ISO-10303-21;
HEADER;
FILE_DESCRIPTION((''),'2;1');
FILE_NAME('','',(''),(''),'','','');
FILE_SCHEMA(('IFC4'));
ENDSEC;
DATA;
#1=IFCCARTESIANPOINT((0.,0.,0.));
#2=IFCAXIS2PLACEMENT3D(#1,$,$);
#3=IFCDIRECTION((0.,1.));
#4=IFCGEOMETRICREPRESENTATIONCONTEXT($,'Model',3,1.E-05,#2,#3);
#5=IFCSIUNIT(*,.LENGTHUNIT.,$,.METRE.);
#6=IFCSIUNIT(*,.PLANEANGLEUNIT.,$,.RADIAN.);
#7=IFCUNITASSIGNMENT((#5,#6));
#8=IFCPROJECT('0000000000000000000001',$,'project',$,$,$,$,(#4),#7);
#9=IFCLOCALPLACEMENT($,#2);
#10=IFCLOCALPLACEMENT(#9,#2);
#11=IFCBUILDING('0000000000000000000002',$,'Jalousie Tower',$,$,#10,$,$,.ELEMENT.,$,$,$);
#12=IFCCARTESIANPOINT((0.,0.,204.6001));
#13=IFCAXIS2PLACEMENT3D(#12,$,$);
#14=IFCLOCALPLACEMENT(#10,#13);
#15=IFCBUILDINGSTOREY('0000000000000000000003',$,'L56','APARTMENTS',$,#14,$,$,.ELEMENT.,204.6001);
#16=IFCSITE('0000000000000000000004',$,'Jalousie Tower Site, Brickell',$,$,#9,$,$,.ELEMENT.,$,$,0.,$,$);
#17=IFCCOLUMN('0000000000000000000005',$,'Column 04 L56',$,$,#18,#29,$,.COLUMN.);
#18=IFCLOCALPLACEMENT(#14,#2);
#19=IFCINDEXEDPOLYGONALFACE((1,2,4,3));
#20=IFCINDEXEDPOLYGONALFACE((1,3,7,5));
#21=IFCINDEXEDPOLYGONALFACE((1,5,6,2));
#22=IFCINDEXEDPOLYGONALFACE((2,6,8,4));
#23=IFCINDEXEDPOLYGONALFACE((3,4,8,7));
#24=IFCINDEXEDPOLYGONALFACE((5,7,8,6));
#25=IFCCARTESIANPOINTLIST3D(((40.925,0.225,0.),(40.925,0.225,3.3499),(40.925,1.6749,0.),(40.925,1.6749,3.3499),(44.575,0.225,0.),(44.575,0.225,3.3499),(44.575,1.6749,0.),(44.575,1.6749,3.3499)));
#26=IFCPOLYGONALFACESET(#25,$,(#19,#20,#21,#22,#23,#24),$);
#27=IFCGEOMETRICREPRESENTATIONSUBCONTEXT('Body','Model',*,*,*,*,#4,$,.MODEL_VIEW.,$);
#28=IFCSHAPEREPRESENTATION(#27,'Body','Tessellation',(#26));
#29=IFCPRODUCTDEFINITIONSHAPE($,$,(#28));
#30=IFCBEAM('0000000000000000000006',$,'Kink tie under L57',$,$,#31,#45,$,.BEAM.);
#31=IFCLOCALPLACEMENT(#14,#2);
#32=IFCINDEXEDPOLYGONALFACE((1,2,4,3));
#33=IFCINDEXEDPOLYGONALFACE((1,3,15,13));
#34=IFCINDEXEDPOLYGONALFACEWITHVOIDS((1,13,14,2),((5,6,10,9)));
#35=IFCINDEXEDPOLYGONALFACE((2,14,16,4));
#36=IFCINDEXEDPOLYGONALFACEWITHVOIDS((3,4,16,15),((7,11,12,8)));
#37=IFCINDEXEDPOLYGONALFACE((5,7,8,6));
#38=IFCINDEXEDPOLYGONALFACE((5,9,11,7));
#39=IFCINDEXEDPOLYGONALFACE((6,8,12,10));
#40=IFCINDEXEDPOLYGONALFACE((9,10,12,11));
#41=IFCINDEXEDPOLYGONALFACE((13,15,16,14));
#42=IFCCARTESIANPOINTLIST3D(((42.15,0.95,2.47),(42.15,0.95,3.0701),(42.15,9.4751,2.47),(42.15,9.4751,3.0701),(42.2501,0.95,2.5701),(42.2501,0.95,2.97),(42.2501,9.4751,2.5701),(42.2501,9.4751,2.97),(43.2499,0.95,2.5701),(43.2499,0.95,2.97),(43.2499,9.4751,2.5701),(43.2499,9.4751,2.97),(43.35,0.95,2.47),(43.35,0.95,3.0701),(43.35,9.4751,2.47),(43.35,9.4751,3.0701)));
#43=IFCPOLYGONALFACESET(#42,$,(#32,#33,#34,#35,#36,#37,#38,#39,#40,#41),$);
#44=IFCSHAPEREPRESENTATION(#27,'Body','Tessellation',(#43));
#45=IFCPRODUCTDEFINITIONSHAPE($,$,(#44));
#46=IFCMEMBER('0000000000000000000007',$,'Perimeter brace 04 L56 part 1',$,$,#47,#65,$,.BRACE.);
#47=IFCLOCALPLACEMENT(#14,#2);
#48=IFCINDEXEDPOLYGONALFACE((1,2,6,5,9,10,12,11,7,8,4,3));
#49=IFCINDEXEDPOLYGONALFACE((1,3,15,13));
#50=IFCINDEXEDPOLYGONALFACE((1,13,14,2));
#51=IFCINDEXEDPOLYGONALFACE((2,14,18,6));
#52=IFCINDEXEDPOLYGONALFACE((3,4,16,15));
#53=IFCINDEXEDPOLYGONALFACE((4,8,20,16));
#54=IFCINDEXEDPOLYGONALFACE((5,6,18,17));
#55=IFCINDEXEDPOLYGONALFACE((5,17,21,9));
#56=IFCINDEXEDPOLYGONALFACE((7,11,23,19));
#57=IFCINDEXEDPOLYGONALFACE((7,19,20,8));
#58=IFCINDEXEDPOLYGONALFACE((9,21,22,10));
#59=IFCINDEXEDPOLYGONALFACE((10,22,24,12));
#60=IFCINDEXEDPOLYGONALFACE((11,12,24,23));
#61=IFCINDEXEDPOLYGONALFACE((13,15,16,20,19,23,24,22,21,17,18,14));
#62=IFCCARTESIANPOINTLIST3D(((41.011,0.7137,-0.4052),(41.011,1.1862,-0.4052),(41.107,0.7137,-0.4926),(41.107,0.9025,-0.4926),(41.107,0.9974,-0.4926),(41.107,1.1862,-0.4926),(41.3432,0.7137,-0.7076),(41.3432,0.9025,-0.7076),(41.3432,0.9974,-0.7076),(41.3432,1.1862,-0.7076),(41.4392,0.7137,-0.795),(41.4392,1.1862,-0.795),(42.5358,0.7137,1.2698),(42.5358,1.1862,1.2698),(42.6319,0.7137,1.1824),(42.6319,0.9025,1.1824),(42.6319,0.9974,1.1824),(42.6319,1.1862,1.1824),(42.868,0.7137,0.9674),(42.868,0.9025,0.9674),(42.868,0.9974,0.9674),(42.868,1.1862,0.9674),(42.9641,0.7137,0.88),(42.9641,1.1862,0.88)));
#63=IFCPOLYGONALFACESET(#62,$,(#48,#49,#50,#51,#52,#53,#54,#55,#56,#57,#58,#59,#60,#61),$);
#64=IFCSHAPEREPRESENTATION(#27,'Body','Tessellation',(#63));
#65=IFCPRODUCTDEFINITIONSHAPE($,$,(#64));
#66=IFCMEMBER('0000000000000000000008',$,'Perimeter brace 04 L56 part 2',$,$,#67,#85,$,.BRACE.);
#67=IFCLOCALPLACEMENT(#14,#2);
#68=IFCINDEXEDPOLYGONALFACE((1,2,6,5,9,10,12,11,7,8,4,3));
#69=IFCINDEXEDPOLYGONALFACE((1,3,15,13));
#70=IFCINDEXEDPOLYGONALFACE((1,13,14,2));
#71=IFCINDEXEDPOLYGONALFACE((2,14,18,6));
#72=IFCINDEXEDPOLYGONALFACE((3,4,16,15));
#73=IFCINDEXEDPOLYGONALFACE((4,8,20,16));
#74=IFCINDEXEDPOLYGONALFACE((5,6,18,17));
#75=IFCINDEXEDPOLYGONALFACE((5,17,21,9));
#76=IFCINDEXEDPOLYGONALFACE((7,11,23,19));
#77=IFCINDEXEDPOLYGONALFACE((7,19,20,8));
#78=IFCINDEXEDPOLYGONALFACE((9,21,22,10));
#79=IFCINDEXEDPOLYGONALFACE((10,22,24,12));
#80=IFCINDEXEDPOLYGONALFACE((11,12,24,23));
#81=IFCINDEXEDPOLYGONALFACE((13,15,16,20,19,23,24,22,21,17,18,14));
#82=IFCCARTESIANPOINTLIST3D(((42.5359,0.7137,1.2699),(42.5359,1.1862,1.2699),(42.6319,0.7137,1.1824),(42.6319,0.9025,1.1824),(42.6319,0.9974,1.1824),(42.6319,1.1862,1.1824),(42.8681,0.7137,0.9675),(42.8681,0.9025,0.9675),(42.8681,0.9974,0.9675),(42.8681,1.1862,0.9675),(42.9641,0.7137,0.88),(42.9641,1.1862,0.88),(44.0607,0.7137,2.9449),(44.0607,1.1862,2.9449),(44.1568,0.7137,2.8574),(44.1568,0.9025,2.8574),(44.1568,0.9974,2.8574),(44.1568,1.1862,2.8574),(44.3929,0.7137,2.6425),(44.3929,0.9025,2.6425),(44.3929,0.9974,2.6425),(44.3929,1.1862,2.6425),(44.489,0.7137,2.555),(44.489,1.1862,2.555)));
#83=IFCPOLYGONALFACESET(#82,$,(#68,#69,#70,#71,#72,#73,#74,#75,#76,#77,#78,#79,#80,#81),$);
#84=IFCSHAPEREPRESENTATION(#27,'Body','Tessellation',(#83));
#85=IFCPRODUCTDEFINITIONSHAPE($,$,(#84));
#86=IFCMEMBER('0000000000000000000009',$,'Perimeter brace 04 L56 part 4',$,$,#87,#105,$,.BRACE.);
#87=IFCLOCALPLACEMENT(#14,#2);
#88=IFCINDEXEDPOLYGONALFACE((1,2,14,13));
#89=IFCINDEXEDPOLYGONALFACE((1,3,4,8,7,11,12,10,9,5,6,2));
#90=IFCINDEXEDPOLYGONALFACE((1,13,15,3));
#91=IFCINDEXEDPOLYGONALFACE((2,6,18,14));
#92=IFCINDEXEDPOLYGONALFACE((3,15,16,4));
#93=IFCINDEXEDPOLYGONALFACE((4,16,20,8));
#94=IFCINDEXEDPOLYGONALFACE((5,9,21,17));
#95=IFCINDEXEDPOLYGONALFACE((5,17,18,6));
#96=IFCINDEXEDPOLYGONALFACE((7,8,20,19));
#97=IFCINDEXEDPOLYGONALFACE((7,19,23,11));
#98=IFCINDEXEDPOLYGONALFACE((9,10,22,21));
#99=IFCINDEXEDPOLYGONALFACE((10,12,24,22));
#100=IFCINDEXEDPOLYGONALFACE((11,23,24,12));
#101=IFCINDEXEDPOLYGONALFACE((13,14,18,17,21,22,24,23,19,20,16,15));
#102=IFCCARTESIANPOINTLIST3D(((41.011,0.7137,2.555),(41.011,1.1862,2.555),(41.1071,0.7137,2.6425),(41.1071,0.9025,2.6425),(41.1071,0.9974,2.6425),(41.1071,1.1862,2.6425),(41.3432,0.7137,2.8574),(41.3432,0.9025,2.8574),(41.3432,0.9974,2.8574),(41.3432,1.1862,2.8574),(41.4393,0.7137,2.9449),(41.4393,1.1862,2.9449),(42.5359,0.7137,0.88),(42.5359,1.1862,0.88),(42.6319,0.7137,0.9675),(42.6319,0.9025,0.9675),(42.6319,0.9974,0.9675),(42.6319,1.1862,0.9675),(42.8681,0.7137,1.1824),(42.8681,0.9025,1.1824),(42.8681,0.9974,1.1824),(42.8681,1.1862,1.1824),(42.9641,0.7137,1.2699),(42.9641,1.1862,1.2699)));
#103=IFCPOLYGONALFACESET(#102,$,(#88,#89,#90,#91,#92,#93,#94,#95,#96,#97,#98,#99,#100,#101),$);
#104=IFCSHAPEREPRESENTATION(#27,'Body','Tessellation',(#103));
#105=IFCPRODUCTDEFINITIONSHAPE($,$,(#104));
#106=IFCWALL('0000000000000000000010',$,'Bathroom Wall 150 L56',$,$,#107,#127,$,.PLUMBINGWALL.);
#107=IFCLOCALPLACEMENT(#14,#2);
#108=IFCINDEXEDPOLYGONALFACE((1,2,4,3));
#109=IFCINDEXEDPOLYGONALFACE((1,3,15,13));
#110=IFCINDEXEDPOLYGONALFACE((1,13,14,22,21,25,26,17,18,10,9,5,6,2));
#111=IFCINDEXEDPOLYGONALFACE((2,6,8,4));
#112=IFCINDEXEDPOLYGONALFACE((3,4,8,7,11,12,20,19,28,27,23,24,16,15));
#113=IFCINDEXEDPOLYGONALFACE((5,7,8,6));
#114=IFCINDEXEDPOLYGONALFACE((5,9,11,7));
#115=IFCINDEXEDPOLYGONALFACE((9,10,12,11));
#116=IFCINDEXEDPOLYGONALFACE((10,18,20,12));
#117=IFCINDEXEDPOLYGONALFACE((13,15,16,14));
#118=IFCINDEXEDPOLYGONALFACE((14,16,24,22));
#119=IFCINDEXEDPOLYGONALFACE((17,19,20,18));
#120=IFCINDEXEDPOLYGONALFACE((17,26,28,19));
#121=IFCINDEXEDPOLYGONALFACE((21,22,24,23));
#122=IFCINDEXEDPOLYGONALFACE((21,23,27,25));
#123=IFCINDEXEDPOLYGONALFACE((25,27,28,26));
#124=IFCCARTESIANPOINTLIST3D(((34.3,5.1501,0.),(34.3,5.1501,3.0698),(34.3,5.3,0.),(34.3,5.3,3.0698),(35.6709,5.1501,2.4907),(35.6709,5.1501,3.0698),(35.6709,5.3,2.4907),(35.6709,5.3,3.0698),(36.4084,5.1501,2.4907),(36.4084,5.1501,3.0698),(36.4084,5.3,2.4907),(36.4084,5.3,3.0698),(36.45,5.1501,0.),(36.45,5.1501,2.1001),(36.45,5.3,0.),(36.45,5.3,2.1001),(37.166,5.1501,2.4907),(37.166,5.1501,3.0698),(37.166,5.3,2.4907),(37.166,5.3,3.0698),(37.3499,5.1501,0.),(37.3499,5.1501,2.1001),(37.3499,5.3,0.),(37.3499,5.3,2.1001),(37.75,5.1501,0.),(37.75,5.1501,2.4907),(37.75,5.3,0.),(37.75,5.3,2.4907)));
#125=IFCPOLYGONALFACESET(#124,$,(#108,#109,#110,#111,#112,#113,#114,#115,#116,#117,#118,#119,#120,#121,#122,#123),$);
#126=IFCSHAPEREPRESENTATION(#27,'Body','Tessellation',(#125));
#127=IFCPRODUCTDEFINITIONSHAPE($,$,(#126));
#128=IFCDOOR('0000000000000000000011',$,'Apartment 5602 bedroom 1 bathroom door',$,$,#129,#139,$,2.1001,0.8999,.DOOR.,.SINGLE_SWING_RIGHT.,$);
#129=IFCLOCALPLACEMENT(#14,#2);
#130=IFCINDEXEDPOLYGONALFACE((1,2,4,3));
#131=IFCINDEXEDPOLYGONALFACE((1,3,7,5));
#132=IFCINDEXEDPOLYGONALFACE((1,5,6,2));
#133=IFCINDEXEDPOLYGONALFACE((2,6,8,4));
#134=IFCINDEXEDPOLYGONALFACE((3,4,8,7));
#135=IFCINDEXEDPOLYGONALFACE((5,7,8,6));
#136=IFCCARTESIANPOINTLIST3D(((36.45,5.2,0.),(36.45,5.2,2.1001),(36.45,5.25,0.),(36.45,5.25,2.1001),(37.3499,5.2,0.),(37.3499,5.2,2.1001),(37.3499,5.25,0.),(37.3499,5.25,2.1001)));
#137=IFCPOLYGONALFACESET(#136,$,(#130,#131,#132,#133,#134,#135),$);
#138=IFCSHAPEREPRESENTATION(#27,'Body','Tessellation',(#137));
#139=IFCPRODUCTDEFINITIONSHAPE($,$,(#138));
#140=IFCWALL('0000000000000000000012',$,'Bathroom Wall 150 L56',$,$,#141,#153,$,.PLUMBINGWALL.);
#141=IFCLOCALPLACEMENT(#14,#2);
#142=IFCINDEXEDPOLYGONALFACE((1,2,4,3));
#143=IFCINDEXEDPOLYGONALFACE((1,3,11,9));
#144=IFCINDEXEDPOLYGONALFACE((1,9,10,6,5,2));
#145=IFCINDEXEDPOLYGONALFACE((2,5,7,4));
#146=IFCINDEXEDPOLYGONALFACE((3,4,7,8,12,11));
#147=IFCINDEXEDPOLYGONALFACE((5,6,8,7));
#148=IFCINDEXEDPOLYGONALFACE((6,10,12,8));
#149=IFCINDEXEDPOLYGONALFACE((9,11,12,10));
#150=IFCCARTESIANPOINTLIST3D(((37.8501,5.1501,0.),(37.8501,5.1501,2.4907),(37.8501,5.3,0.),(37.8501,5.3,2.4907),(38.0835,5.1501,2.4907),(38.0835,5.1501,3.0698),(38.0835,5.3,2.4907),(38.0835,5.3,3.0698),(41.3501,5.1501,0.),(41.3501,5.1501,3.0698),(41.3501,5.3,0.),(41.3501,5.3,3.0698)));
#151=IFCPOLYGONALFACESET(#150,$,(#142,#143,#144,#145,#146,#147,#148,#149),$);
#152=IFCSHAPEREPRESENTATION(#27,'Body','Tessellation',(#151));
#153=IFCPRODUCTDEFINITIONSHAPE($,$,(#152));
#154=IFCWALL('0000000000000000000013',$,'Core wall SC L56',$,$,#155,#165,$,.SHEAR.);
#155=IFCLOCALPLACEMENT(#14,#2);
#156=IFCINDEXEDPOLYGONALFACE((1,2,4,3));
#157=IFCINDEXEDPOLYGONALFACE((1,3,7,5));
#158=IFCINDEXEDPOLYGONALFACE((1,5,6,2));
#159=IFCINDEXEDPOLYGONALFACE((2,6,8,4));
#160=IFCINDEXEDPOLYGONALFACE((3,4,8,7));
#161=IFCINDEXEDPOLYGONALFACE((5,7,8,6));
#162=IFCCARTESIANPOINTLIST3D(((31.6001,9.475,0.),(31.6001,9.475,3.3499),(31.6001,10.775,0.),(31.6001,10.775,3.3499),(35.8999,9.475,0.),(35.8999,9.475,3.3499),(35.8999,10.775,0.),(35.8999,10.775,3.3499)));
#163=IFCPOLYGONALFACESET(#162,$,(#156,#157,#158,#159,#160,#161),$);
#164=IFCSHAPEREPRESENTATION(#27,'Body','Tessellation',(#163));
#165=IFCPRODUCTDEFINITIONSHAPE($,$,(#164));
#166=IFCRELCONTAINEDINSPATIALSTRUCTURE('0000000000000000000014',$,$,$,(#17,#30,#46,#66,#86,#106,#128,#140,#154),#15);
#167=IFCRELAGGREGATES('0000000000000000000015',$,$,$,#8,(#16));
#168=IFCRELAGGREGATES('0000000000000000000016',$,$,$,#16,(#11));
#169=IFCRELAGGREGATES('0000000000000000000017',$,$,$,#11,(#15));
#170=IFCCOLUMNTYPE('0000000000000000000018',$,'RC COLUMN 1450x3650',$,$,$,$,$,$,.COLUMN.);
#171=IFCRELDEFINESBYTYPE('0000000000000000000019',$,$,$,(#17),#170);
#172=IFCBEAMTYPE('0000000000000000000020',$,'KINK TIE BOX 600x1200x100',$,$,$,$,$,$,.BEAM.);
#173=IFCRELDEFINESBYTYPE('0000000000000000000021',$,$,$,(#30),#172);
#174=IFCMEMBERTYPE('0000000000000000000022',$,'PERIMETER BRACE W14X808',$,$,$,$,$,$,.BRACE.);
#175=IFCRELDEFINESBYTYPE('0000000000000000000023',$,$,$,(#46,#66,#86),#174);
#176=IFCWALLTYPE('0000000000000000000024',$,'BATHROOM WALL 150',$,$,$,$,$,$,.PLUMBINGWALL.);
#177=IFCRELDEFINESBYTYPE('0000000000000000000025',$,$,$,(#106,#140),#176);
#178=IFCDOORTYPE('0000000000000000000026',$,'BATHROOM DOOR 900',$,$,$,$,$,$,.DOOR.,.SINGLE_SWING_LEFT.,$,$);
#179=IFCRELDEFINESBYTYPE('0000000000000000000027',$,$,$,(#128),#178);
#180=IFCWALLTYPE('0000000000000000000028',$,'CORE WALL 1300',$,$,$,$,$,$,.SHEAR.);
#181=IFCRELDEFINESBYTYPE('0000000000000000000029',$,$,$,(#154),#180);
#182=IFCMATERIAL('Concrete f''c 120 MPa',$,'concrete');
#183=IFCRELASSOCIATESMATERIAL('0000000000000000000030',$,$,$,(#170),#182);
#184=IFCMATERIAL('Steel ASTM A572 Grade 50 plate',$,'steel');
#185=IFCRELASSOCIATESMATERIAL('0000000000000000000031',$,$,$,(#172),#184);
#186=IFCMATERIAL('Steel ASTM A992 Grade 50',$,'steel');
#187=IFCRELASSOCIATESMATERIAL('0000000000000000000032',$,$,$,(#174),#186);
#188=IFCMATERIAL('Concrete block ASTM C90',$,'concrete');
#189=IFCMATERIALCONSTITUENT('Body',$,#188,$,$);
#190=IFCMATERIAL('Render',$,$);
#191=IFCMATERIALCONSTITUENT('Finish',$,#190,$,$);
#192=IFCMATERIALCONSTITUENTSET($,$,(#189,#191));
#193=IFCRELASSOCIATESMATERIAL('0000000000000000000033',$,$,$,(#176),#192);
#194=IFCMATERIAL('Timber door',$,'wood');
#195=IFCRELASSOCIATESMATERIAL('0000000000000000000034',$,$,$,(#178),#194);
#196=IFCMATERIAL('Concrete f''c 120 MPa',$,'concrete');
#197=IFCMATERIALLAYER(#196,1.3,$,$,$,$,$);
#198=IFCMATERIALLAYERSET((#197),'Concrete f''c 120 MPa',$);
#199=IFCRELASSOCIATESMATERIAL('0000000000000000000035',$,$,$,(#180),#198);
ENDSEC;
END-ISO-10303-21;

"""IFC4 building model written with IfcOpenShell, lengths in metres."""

from ifc_helpers import new_model, si_unit, direction, frame, frame_2d, origin, origin_2d, place, context, subcontext, project, spatial, polyline, rectangle, hollow_rectangle, i_section, outline, extrude, material, layer, layer_set, constituent, constituent_set, material_profile, profile_set, type_object, element, fill, save


model = new_model("IFC4")

# Units and contexts
model_context = context("Model", 3, precision=1e-05, world=origin(), true_north=direction((0.0, 1.0)))
body_context = subcontext(model_context, "Body", "Model", "MODEL_VIEW")
ifc_project = project(units=[si_unit("LENGTHUNIT", "METRE"), si_unit("PLANEANGLEUNIT", "RADIAN")], contexts=[model_context])

# Site, building, storey
site_placement = place(None, origin())
site = spatial("IfcSite", under=ifc_project, at=site_placement, Name="Jalousie Tower Site, Brickell", CompositionType="ELEMENT", RefElevation=0.0)
building_placement = place(site_placement, origin())
building = spatial("IfcBuilding", under=site, at=building_placement, Name="Jalousie Tower", CompositionType="ELEMENT")
storey_placement = place(building_placement, frame((0.0, 0.0, 204.6001)))
storey = spatial("IfcBuildingStorey", under=building, at=storey_placement, Name="L56", Description="APARTMENTS", CompositionType="ELEMENT", Elevation=204.6001)

# Column
ifc_material_1 = material(Name="Concrete f'c 120 MPa", Category="concrete")
ifc_material_profile_1 = material_profile(ifc_material_1, rectangle(XDim=1.45, YDim=3.6499, at=origin_2d()), Name="RC 1450x3650")
ifc_profile_set_1 = profile_set([ifc_material_profile_1], Name="Concrete f'c 120 MPa")
column_type = type_object("IfcColumnType", Name="RC COLUMN 1450x3650", PredefinedType="COLUMN", material=ifc_profile_set_1)
column_placement = place(storey_placement, frame((42.75, 0.95, 0.0), z_axis=(0.0, 0.0, 1.0), x_axis=(0.0, 1.0, 0.0)))
element("IfcColumn", 1, at=column_placement, inside=storey, type_object=column_type, Name="Column 04 L56", PredefinedType="COLUMN", context=body_context, shape_type="SweptSolid", body=[
    extrude(rectangle(XDim=1.45, YDim=3.6499, at=origin_2d()), origin(), (0.0, 0.0, 1.0), 3.3499),
])

# Beam
ifc_material_2 = material(Name="Steel ASTM A572 Grade 50 plate", Category="steel")
ifc_material_profile_2 = material_profile(ifc_material_2, hollow_rectangle(XDim=1.2, YDim=0.6001, WallThickness=0.1001, at=origin_2d()), Name="BOX 600x1200x100")
ifc_profile_set_2 = profile_set([ifc_material_profile_2], Name="Steel ASTM A572 Grade 50 plate")
beam_type = type_object("IfcBeamType", Name="KINK TIE BOX 600x1200x100", PredefinedType="BEAM", material=ifc_profile_set_2)
beam_placement = place(storey_placement, frame((42.75, 0.95, 2.77), z_axis=(0.0, 1.0, 0.0), x_axis=(-1.0, 0.0, 0.0)))
element("IfcBeam", 2, at=beam_placement, inside=storey, type_object=beam_type, Name="Kink tie under L57", PredefinedType="BEAM", context=body_context, shape_type="SweptSolid", body=[
    extrude(hollow_rectangle(XDim=1.2, YDim=0.6001, WallThickness=0.1001, at=origin_2d()), origin(), (0.0, 0.0, 1.0), 8.5251),
])

# Members
ifc_material_3 = material(Name="Steel ASTM A992 Grade 50", Category="steel")
ifc_material_profile_3 = material_profile(ifc_material_3, i_section(OverallWidth=0.4724, OverallDepth=0.5791, WebThickness=0.095, FlangeThickness=0.1299, at=origin_2d()), Name="W14X808")
ifc_profile_set_3 = profile_set([ifc_material_profile_3], Name="Steel ASTM A992 Grade 50")
member_type = type_object("IfcMemberType", Name="PERIMETER BRACE W14X808", PredefinedType="BRACE", material=ifc_profile_set_3)
for number, where, z_axis, x_axis, name in (
    (3, (41.2251, 0.95, -0.6001), (0.673188, 0.0, 0.739472), (0.0, 1.0, 0.0), "Perimeter brace 04 L56 part 1"),
    (4, (42.75, 0.95, 1.075), (0.673188, 0.0, 0.739472), (0.0, 1.0, 0.0), "Perimeter brace 04 L56 part 2"),
    (5, (42.75, 0.95, 1.075), (-0.673188, 0.0, 0.739472), (0.0, -1.0, 0.0), "Perimeter brace 04 L56 part 4"),
):
    element("IfcMember", number, at=place(storey_placement, frame(where, z_axis=z_axis, x_axis=x_axis)), inside=storey, type_object=member_type, Name=name, PredefinedType="BRACE", context=body_context, shape_type="SweptSolid", body=[
        extrude(i_section(OverallWidth=0.4724, OverallDepth=0.5791, WebThickness=0.095, FlangeThickness=0.1299, at=origin_2d()), origin(), (0.0, 0.0, 1.0), 2.2651),
    ])

# Wall, opening, door
ifc_material_4 = material(Name="Concrete block ASTM C90", Category="concrete")
ifc_constituent_1 = constituent(ifc_material_4, Name="Body")
ifc_material_5 = material(Name="Render")
ifc_constituent_2 = constituent(ifc_material_5, Name="Finish")
ifc_constituent_set_1 = constituent_set(constituents=[ifc_constituent_1, ifc_constituent_2])
wall_type_1 = type_object("IfcWallType", Name="BATHROOM WALL 150", PredefinedType="PLUMBINGWALL", material=ifc_constituent_set_1)
wall_1_placement = place(storey_placement, frame((34.3, 5.2251, 0.0), z_axis=(0.0, 0.0, 1.0), x_axis=(1.0, 0.0, 0.0)))
wall_1 = element("IfcWall", 6, at=wall_1_placement, inside=storey, type_object=wall_type_1, Name="Bathroom Wall 150 L56", PredefinedType="PLUMBINGWALL", context=body_context, shape_type="SweptSolid", body=[
    extrude(outline(polyline([(0.0, 0.0), (3.45, 0.0), (3.45, 2.4907), (2.866, 2.4907), (2.866, 3.0698), (2.1084, 3.0698), (2.1084, 2.4907), (1.3708, 2.4907), (1.3708, 3.0698), (0.0, 3.0698), (0.0, 0.0)])), frame((0.0, 0.075, 0.0), z_axis=(0.0, -1.0, 0.0), x_axis=(1.0, 0.0, 0.0)), (0.0, 0.0, 1.0), 0.1499),
])
opening_1_placement = place(wall_1_placement, frame((2.1499, 0.0, 0.0)))
opening_1 = element("IfcOpeningElement", 7, at=opening_1_placement, cuts=wall_1, PredefinedType="OPENING", context=body_context, shape_type="SweptSolid", body=[
    extrude(rectangle(XDim=0.8999, YDim=2.1001, at=frame_2d((0.45, 1.05))), frame((0.0, 0.085, 0.0), z_axis=(0.0, -1.0, 0.0), x_axis=(1.0, 0.0, 0.0)), (0.0, 0.0, 1.0), 0.1699),
])
ifc_material_6 = material(Name="Timber door", Category="wood")
door_type_1 = type_object("IfcDoorType", Name="BATHROOM DOOR 900", OperationType="SINGLE_SWING_LEFT", PredefinedType="DOOR", material=ifc_material_6)
door_1_placement = place(opening_1_placement, origin())
door_1 = element("IfcDoor", 8, at=door_1_placement, inside=storey, type_object=door_type_1, Name="Apartment 5602 bedroom 1 bathroom door", OperationType="SINGLE_SWING_RIGHT", OverallHeight=2.1001, OverallWidth=0.8999, PredefinedType="DOOR", context=body_context, shape_type="SweptSolid", body=[
    extrude(rectangle(XDim=0.8999, YDim=2.1001, at=frame_2d((0.45, 1.05))), frame((0.0, 0.0249, 0.0), z_axis=(0.0, -1.0, 0.0), x_axis=(1.0, 0.0, 0.0)), (0.0, 0.0, 1.0), 0.05),
])
fill(opening_1, door_1)

# Walls
wall_2_placement = place(storey_placement, frame((37.8501, 5.2251, 0.0), z_axis=(0.0, 0.0, 1.0), x_axis=(1.0, 0.0, 0.0)))
element("IfcWall", 9, at=wall_2_placement, inside=storey, type_object=wall_type_1, Name="Bathroom Wall 150 L56", PredefinedType="PLUMBINGWALL", context=body_context, shape_type="SweptSolid", body=[
    extrude(outline(polyline([(0.0, 0.0), (3.5, 0.0), (3.5, 3.0698), (0.2334, 3.0698), (0.2334, 2.4907), (0.0, 2.4907), (0.0, 0.0)])), frame((0.0, 0.075, 0.0), z_axis=(0.0, -1.0, 0.0), x_axis=(1.0, 0.0, 0.0)), (0.0, 0.0, 1.0), 0.1499),
])
ifc_material_7 = material(Name="Concrete f'c 120 MPa", Category="concrete")
ifc_layer_1 = layer(ifc_material_7, 1.3)
ifc_layer_set_1 = layer_set([ifc_layer_1], Name="Concrete f'c 120 MPa")
wall_type_2 = type_object("IfcWallType", Name="CORE WALL 1300", PredefinedType="SHEAR", material=ifc_layer_set_1)
wall_3_placement = place(storey_placement, frame((31.6001, 10.125, 0.0), z_axis=(0.0, 0.0, 1.0), x_axis=(1.0, 0.0, 0.0)))
element("IfcWall", 10, at=wall_3_placement, inside=storey, type_object=wall_type_2, Name="Core wall SC L56", PredefinedType="SHEAR", context=body_context, shape_type="SweptSolid", body=[
    extrude(rectangle(XDim=4.2998, YDim=1.3, at=frame_2d((2.1499, 0.0))), origin(), (0.0, 0.0, 1.0), 3.3499),
])

save(model, "model.ifc")
